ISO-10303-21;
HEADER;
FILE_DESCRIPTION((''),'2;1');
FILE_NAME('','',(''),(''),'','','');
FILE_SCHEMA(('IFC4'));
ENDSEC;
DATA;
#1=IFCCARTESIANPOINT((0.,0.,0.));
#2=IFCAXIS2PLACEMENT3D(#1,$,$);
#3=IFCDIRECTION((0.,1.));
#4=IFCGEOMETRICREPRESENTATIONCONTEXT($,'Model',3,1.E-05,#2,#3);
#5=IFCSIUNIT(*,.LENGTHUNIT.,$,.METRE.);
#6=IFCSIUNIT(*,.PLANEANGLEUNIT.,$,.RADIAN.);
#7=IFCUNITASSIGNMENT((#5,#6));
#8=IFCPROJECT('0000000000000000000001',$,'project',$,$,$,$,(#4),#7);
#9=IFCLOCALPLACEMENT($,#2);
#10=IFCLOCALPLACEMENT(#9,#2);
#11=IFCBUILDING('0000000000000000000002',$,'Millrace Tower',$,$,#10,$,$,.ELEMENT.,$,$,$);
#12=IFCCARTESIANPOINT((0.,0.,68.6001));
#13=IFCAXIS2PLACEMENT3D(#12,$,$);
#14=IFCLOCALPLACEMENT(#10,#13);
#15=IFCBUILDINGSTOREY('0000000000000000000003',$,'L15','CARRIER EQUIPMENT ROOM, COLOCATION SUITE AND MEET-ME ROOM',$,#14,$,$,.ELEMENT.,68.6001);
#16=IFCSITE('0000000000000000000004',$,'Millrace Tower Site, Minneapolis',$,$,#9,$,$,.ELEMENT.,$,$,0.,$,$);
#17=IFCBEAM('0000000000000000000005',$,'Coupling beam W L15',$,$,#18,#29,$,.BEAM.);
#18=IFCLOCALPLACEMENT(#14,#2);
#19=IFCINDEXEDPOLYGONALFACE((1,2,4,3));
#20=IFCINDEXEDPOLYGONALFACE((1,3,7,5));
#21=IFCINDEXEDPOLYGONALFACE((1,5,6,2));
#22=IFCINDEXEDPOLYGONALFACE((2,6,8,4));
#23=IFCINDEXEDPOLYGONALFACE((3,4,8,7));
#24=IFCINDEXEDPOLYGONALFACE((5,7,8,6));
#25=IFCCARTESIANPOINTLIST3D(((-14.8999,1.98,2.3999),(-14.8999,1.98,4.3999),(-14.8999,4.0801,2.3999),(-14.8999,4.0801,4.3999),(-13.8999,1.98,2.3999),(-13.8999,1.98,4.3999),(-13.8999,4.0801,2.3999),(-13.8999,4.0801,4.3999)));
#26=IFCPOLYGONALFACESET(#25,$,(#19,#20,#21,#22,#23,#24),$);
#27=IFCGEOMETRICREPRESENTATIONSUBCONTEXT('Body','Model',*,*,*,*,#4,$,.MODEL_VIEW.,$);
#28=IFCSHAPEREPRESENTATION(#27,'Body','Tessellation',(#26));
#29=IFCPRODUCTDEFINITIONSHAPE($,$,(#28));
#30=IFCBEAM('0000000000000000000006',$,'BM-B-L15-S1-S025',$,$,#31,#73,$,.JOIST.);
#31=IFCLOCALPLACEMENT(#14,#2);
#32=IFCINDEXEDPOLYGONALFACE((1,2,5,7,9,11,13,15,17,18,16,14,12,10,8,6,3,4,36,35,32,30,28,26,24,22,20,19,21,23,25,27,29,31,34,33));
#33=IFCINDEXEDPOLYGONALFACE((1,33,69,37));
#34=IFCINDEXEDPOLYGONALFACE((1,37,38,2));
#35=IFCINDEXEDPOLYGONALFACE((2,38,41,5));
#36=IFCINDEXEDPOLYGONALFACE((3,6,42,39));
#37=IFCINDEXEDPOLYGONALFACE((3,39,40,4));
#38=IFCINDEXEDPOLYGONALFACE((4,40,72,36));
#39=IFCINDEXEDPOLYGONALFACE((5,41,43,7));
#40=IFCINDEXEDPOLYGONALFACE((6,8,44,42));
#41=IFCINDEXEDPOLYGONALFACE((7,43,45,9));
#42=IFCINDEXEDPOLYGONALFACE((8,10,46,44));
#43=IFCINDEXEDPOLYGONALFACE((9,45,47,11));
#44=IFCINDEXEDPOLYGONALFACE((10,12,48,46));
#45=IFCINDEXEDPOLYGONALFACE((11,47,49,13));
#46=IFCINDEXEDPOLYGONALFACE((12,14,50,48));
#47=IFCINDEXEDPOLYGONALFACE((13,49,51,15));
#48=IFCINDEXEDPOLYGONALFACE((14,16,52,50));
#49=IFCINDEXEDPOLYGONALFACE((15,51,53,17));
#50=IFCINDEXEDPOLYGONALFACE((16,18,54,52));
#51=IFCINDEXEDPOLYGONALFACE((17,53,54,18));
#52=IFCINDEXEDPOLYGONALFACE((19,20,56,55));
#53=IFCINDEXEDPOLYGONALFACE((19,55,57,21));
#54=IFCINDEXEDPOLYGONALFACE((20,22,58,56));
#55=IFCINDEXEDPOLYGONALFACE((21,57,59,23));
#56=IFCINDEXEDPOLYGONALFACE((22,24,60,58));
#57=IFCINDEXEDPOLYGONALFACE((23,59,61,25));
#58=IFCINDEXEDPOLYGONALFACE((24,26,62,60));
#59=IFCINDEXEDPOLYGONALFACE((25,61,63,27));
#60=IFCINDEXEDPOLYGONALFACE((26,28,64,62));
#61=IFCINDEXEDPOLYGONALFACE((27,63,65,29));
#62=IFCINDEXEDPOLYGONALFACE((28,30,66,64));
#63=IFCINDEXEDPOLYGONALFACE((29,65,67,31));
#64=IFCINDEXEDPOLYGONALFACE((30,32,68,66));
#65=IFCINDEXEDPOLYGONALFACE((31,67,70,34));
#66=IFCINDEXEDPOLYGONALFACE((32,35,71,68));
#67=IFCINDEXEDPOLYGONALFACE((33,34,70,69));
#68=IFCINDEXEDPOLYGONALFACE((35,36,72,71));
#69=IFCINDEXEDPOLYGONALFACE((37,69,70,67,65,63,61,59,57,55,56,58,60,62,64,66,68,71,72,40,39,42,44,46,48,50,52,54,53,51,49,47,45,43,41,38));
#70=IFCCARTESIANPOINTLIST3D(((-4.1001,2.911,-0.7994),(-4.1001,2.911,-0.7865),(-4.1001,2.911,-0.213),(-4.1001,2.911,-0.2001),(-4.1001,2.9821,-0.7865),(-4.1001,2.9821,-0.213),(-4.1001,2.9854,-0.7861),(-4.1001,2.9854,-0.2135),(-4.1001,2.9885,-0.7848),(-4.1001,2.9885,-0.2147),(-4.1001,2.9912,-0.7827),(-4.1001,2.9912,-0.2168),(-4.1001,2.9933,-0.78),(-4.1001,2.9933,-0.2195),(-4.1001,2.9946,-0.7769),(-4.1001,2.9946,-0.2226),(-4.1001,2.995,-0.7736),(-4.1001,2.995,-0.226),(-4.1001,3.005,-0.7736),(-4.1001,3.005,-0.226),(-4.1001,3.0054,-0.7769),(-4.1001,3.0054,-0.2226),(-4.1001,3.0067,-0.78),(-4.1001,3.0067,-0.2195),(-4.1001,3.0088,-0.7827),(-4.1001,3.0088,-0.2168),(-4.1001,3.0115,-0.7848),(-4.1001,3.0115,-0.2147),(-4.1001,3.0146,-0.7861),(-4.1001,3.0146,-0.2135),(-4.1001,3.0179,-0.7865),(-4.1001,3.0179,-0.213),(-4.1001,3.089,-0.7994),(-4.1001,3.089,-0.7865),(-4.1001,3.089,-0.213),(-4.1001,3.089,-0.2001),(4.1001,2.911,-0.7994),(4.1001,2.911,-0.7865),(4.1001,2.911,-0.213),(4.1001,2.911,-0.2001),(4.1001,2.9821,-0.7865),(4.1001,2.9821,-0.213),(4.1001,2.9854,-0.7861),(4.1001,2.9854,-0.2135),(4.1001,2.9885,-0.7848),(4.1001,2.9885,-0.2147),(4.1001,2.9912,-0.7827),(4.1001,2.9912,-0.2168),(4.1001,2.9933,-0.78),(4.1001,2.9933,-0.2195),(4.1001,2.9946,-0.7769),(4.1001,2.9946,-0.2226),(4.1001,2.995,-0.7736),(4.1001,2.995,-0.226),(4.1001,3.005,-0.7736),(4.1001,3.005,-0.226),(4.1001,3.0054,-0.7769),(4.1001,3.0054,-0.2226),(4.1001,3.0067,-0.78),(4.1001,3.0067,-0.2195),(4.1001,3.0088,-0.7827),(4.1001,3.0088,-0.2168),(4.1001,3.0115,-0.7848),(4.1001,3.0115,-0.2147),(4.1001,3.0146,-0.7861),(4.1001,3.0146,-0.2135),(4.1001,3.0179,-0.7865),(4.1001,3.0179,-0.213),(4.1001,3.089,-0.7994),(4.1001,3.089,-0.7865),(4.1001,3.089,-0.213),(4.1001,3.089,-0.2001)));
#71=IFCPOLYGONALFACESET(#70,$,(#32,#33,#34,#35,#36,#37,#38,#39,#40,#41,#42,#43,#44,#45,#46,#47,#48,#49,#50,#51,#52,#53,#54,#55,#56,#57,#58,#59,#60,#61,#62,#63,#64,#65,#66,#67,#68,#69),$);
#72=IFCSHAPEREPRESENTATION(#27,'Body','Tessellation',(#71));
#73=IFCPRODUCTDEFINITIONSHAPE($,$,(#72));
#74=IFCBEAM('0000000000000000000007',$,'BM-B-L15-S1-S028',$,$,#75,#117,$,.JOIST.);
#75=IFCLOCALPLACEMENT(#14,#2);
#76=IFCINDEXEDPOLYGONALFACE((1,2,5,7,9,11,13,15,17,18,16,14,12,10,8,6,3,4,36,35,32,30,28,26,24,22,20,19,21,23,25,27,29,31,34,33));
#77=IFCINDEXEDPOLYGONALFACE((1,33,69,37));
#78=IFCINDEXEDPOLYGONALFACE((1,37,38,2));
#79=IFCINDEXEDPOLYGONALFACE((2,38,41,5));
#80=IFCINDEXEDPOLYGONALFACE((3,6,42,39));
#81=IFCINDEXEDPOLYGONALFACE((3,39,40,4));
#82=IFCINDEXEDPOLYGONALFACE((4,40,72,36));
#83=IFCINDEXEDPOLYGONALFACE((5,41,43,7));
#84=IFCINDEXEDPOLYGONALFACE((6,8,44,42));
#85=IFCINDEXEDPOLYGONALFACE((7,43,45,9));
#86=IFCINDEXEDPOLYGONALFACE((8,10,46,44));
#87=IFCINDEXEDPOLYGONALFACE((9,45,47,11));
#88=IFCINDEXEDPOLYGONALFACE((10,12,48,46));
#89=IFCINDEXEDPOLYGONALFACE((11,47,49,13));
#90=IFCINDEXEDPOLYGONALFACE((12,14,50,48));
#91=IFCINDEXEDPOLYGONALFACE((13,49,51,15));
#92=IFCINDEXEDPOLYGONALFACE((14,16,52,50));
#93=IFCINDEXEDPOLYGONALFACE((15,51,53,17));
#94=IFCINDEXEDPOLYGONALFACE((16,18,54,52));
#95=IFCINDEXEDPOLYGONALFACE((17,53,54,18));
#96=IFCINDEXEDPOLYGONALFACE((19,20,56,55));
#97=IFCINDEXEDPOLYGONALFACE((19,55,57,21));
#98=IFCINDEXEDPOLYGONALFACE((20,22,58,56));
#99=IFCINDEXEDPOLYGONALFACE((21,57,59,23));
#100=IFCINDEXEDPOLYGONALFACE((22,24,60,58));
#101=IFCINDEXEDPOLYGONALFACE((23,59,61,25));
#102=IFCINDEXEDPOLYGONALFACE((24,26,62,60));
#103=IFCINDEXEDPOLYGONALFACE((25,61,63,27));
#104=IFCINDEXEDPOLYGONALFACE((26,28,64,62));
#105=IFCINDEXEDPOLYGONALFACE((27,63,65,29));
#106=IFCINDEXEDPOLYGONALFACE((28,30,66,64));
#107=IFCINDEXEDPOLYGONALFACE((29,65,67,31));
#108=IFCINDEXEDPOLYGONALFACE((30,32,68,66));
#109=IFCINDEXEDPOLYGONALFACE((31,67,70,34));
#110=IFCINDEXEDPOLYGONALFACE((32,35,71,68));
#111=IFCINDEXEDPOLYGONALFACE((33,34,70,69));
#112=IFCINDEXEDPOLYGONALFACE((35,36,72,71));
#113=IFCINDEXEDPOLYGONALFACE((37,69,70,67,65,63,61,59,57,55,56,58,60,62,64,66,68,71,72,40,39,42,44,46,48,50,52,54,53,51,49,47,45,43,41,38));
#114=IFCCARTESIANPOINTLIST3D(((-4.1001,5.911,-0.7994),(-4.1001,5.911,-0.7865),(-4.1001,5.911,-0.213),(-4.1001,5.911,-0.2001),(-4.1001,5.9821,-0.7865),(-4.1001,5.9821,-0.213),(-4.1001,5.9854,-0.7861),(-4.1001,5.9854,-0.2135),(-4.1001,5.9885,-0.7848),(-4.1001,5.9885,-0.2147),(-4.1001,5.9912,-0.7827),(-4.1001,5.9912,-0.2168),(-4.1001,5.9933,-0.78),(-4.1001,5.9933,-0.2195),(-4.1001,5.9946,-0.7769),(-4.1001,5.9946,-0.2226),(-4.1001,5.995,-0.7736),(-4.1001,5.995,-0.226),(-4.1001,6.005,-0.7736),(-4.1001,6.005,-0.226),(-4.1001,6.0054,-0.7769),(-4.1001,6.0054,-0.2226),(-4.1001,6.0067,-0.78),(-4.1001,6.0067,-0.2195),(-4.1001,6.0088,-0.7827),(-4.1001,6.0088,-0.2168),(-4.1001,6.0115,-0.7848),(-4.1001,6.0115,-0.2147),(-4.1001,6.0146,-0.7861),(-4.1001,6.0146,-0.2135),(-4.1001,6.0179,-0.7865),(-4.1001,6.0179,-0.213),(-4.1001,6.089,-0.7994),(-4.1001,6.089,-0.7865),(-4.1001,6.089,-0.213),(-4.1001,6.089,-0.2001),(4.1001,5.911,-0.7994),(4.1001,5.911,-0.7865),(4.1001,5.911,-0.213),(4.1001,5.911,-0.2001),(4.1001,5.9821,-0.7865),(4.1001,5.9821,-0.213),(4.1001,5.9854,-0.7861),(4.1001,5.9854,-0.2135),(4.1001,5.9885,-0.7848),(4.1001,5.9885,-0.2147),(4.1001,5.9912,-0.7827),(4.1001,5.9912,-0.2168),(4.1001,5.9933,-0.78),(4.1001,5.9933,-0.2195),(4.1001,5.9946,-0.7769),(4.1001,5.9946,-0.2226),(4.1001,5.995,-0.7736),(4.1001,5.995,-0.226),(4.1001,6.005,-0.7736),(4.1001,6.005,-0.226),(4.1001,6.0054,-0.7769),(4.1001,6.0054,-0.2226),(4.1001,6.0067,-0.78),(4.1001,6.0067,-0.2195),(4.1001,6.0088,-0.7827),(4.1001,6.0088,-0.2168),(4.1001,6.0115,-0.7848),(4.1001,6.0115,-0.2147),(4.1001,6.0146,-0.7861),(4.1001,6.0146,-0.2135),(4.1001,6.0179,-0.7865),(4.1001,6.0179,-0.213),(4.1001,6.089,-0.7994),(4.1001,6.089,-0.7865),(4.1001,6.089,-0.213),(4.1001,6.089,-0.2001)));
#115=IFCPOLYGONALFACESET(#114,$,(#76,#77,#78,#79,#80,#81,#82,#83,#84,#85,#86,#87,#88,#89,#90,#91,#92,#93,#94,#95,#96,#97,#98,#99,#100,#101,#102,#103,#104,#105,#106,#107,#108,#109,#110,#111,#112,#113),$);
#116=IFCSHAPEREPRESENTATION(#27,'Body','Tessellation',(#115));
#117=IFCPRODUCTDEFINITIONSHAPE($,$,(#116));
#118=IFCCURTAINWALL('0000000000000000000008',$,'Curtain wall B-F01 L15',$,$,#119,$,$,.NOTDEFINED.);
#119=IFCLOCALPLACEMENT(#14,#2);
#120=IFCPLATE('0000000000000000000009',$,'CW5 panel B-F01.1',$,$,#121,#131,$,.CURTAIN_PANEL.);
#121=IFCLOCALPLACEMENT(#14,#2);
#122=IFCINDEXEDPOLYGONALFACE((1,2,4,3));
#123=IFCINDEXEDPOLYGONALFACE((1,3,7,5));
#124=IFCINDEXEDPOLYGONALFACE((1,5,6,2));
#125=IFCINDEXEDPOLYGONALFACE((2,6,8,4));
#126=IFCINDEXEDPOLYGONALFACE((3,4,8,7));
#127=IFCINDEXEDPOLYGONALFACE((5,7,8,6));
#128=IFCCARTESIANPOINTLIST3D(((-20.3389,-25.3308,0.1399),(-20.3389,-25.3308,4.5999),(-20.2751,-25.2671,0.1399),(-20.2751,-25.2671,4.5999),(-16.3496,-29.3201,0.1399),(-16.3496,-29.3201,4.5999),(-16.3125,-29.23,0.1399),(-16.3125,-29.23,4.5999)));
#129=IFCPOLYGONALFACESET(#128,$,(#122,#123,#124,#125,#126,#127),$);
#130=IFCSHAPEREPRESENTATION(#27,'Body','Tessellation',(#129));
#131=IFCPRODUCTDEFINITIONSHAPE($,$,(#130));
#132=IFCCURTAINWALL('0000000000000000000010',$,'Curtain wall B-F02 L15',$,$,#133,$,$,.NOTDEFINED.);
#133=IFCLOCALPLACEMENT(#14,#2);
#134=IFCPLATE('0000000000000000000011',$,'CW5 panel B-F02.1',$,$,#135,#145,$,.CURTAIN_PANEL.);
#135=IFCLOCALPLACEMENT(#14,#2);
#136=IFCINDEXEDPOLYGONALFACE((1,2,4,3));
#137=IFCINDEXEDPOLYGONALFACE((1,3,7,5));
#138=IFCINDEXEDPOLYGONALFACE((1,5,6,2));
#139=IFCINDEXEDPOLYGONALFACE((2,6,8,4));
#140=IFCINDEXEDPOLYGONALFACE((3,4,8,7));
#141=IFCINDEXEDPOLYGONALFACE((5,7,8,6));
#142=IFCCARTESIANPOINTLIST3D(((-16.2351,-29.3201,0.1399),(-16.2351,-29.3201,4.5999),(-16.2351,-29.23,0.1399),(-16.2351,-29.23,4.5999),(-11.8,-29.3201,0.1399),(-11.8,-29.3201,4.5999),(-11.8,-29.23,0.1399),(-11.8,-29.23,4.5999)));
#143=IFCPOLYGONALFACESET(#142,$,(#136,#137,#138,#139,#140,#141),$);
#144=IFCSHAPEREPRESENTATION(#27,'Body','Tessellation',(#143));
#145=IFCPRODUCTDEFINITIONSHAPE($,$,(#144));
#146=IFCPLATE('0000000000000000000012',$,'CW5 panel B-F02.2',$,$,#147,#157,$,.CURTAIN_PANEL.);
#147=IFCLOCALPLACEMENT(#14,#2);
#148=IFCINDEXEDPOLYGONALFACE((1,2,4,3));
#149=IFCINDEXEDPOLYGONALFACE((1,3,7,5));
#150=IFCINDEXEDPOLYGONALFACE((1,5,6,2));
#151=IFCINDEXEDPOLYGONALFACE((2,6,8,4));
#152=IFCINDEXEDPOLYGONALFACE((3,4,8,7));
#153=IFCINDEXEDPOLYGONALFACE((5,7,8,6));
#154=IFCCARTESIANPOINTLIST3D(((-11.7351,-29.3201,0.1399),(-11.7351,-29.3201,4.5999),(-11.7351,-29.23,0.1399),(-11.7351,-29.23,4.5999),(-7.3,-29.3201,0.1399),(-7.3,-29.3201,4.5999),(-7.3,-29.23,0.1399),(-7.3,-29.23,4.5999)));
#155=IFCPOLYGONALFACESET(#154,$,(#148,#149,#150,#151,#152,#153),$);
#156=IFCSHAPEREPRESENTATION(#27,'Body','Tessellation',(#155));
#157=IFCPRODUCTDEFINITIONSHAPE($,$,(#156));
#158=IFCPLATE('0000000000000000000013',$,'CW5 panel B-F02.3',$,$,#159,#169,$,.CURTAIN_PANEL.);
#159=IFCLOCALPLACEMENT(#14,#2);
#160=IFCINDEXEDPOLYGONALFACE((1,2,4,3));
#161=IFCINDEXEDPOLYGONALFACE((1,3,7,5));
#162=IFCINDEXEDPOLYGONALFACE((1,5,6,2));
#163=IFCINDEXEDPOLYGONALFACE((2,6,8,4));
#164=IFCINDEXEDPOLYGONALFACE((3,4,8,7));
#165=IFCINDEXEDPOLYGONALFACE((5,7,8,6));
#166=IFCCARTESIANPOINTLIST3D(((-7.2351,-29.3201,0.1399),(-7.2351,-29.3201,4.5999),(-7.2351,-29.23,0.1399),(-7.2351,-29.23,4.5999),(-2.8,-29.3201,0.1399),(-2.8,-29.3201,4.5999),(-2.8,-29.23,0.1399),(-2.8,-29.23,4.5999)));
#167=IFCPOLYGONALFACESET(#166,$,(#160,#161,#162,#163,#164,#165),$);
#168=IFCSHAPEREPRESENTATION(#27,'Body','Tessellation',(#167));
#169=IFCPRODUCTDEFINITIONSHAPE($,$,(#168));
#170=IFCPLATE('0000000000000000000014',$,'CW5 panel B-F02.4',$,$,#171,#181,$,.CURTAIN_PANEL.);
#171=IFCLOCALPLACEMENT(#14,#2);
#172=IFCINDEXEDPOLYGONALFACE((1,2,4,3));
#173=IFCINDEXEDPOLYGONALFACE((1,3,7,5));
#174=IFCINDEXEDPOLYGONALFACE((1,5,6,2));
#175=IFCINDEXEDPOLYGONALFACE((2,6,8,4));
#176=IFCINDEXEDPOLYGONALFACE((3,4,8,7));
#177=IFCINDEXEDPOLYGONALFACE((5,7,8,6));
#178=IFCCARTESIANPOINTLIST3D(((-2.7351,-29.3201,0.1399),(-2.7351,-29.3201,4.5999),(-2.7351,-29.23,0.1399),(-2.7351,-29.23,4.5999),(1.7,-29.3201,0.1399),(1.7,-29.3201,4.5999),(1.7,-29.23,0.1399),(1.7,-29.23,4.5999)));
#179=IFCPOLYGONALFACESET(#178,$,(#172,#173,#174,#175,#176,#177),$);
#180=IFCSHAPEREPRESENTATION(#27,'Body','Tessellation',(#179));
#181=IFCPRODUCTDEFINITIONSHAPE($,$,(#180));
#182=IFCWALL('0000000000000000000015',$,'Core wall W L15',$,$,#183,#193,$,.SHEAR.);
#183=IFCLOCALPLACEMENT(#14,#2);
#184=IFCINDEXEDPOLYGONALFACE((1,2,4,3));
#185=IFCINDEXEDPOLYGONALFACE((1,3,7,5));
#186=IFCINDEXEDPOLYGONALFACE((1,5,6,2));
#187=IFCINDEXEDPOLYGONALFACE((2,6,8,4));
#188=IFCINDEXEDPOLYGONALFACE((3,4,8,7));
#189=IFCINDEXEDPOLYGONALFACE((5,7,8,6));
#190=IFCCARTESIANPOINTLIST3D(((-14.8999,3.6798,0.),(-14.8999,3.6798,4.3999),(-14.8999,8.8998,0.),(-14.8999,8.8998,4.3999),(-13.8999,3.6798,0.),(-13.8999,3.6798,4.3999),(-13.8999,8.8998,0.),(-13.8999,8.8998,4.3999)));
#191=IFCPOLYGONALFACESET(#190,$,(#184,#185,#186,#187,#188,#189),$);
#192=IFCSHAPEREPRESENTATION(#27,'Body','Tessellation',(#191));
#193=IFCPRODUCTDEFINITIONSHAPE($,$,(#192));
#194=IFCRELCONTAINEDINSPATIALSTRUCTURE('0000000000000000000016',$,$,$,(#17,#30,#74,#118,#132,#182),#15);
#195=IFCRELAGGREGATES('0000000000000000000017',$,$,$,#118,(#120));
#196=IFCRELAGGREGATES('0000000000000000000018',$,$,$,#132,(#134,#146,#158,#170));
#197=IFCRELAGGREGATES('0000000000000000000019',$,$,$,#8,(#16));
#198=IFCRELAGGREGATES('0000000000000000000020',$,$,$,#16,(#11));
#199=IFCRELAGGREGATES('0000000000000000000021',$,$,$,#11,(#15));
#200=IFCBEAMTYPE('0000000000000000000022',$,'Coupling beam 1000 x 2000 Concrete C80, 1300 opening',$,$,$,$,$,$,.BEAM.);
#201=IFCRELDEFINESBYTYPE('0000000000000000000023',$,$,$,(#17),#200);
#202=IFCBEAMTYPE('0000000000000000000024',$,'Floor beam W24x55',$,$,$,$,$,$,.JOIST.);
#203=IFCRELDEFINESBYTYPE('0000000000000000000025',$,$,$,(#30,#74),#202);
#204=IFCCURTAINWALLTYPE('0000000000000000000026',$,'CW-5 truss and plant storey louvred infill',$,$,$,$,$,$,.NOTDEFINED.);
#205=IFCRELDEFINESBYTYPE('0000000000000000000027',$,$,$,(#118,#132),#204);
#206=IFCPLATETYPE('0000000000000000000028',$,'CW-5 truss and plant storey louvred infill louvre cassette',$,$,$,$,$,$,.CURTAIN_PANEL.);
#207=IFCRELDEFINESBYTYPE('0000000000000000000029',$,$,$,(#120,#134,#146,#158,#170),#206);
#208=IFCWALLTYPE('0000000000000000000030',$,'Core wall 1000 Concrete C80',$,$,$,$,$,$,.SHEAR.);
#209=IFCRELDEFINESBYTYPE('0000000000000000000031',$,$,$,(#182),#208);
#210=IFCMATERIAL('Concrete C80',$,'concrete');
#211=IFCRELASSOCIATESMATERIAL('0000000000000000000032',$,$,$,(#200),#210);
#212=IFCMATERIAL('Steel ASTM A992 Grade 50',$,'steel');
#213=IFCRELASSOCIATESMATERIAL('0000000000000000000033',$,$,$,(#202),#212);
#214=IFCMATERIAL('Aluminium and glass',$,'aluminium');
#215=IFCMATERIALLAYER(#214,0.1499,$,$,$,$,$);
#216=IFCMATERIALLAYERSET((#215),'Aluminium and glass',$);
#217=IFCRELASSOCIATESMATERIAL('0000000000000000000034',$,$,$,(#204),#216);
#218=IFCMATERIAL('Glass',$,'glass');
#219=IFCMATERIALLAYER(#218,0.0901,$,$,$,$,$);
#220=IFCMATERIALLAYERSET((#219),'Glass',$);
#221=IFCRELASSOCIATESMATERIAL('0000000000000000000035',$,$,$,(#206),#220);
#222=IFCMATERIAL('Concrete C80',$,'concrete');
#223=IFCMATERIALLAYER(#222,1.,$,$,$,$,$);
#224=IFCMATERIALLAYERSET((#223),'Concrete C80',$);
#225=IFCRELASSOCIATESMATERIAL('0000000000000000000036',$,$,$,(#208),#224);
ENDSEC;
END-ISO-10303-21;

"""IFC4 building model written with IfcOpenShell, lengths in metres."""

from ifc_helpers import new_model, si_unit, direction, frame, frame_2d, origin, origin_2d, place, context, subcontext, project, spatial, polyline, rectangle, i_section, outline, extrude, material, layer, layer_set, material_profile, profile_set, type_object, element, aggregate, save


model = new_model("IFC4")

# Units and contexts
model_context = context("Model", 3, precision=1e-05, world=origin(), true_north=direction((0.0, 1.0)))
body_context = subcontext(model_context, "Body", "Model", "MODEL_VIEW")
ifc_project = project(units=[si_unit("LENGTHUNIT", "METRE"), si_unit("PLANEANGLEUNIT", "RADIAN")], contexts=[model_context])

# Site, building, storey
site_placement = place(None, origin())
site = spatial("IfcSite", under=ifc_project, at=site_placement, Name="Millrace Tower Site, Minneapolis", CompositionType="ELEMENT", RefElevation=0.0)
building_placement = place(site_placement, origin())
building = spatial("IfcBuilding", under=site, at=building_placement, Name="Millrace Tower", CompositionType="ELEMENT")
storey_placement = place(building_placement, frame((0.0, 0.0, 68.6001)))
storey = spatial("IfcBuildingStorey", under=building, at=storey_placement, Name="L15", Description="CARRIER EQUIPMENT ROOM, COLOCATION SUITE AND MEET-ME ROOM", CompositionType="ELEMENT", Elevation=68.6001)

# Beams
ifc_material_1 = material(Name="Concrete C80", Category="concrete")
ifc_material_profile_1 = material_profile(ifc_material_1, rectangle(XDim=1.0, YDim=2.0, at=origin_2d()))
ifc_profile_set_1 = profile_set([ifc_material_profile_1], Name="Concrete C80")
beam_type_1 = type_object("IfcBeamType", Name="Coupling beam 1000 x 2000 Concrete C80, 1300 opening", PredefinedType="BEAM", material=ifc_profile_set_1)
beam_placement = place(storey_placement, frame((-14.3999, 1.98, 3.3999), z_axis=(0.0, 1.0, 0.0), x_axis=(-1.0, 0.0, 0.0)))
element("IfcBeam", 1, at=beam_placement, inside=storey, type_object=beam_type_1, Name="Coupling beam W L15", PredefinedType="BEAM", context=body_context, shape_type="SweptSolid", body=[
    extrude(rectangle(XDim=1.0, YDim=2.0, at=origin_2d()), origin(), (0.0, 0.0, 1.0), 2.1001),
])
ifc_material_2 = material(Name="Steel ASTM A992 Grade 50", Category="steel")
ifc_material_profile_2 = material_profile(ifc_material_2, i_section(OverallWidth=0.178, OverallDepth=0.5994, WebThickness=0.01, FlangeThickness=0.0129, FilletRadius=0.0129, at=origin_2d()))
ifc_profile_set_2 = profile_set([ifc_material_profile_2], Name="Steel ASTM A992 Grade 50")
beam_type_2 = type_object("IfcBeamType", Name="Floor beam W24x55", PredefinedType="JOIST", material=ifc_profile_set_2)
for number, where, z_axis, x_axis, name in (
    (2, (-4.1001, 3.0, -0.4998), (1.0, 0.0, 0.0), (0.0, 1.0, 0.0), "BM-B-L15-S1-S025"),
    (3, (-4.1001, 6.0, -0.4998), (1.0, 0.0, 0.0), (0.0, 1.0, 0.0), "BM-B-L15-S1-S028"),
):
    element("IfcBeam", number, at=place(storey_placement, frame(where, z_axis=z_axis, x_axis=x_axis)), inside=storey, type_object=beam_type_2, Name=name, PredefinedType="JOIST", context=body_context, shape_type="SweptSolid", body=[
        extrude(i_section(OverallWidth=0.178, OverallDepth=0.5994, WebThickness=0.01, FlangeThickness=0.0129, FilletRadius=0.0129, at=origin_2d()), origin(), (0.0, 0.0, 1.0), 8.2002),
    ])

# Curtain wall, plate
ifc_material_3 = material(Name="Aluminium and glass", Category="aluminium")
ifc_layer_1 = layer(ifc_material_3, 0.1499)
ifc_layer_set_1 = layer_set([ifc_layer_1], Name="Aluminium and glass")
curtain_wall_type = type_object("IfcCurtainWallType", Name="CW-5 truss and plant storey louvred infill", PredefinedType="NOTDEFINED", material=ifc_layer_set_1)
placement_1 = place(storey_placement, origin())
curtain_wall_1 = element("IfcCurtainWall", 4, at=placement_1, inside=storey, type_object=curtain_wall_type, Name="Curtain wall B-F01 L15", PredefinedType="NOTDEFINED")
ifc_material_4 = material(Name="Glass", Category="glass")
ifc_layer_2 = layer(ifc_material_4, 0.0901)
ifc_layer_set_2 = layer_set([ifc_layer_2], Name="Glass")
plate_type = type_object("IfcPlateType", Name="CW-5 truss and plant storey louvred infill louvre cassette", PredefinedType="CURTAIN_PANEL", material=ifc_layer_set_2)
placement_2 = place(storey_placement, frame((0.0, 0.0, 0.1399)))
plate_1 = element("IfcPlate", 5, at=placement_2, type_object=plate_type, Name="CW5 panel B-F01.1", PredefinedType="CURTAIN_PANEL", context=body_context, shape_type="SweptSolid", body=[
    extrude(outline(polyline([(-20.3389, -25.3308), (-16.3496, -29.3201), (-16.3125, -29.23), (-20.2751, -25.2671), (-20.3389, -25.3308)])), origin(), (0.0, 0.0, 1.0), 4.46),
])
aggregate(curtain_wall_1, [plate_1])

# Curtain wall, plates
curtain_wall_2 = element("IfcCurtainWall", 6, at=placement_1, inside=storey, type_object=curtain_wall_type, Name="Curtain wall B-F02 L15", PredefinedType="NOTDEFINED")
plate_2 = element("IfcPlate", 7, at=placement_2, type_object=plate_type, Name="CW5 panel B-F02.1", PredefinedType="CURTAIN_PANEL", context=body_context, shape_type="SweptSolid", body=[
    extrude(outline(polyline([(-16.2351, -29.3201), (-11.8, -29.3201), (-11.8, -29.23), (-16.2351, -29.23), (-16.2351, -29.3201)])), origin(), (0.0, 0.0, 1.0), 4.46),
])
plate_3 = element("IfcPlate", 8, at=placement_2, type_object=plate_type, Name="CW5 panel B-F02.2", PredefinedType="CURTAIN_PANEL", context=body_context, shape_type="SweptSolid", body=[
    extrude(outline(polyline([(-11.7351, -29.3201), (-7.3, -29.3201), (-7.3, -29.23), (-11.7351, -29.23), (-11.7351, -29.3201)])), origin(), (0.0, 0.0, 1.0), 4.46),
])
plate_4 = element("IfcPlate", 9, at=placement_2, type_object=plate_type, Name="CW5 panel B-F02.3", PredefinedType="CURTAIN_PANEL", context=body_context, shape_type="SweptSolid", body=[
    extrude(outline(polyline([(-7.2351, -29.3201), (-2.8, -29.3201), (-2.8, -29.23), (-7.2351, -29.23), (-7.2351, -29.3201)])), origin(), (0.0, 0.0, 1.0), 4.46),
])
plate_5 = element("IfcPlate", 10, at=placement_2, type_object=plate_type, Name="CW5 panel B-F02.4", PredefinedType="CURTAIN_PANEL", context=body_context, shape_type="SweptSolid", body=[
    extrude(outline(polyline([(-2.7351, -29.3201), (1.7, -29.3201), (1.7, -29.23), (-2.7351, -29.23), (-2.7351, -29.3201)])), origin(), (0.0, 0.0, 1.0), 4.46),
])
aggregate(curtain_wall_2, [plate_2, plate_3, plate_4, plate_5])

# Wall
ifc_material_5 = material(Name="Concrete C80", Category="concrete")
ifc_layer_3 = layer(ifc_material_5, 1.0)
ifc_layer_set_3 = layer_set([ifc_layer_3], Name="Concrete C80")
wall_type_1 = type_object("IfcWallType", Name="Core wall 1000 Concrete C80", PredefinedType="SHEAR", material=ifc_layer_set_3)
wall_1_placement = place(storey_placement, frame((-14.3999, 3.6799, 0.0), z_axis=(0.0, 0.0, 1.0), x_axis=(0.0, 1.0, 0.0)))
element("IfcWall", 11, at=wall_1_placement, inside=storey, type_object=wall_type_1, Name="Core wall W L15", PredefinedType="SHEAR", context=body_context, shape_type="SweptSolid", body=[
    extrude(rectangle(XDim=5.22, YDim=1.0, at=frame_2d((2.6099, 0.0))), origin(), (0.0, 0.0, 1.0), 4.3999),
])

save(model, "model.ifc")
